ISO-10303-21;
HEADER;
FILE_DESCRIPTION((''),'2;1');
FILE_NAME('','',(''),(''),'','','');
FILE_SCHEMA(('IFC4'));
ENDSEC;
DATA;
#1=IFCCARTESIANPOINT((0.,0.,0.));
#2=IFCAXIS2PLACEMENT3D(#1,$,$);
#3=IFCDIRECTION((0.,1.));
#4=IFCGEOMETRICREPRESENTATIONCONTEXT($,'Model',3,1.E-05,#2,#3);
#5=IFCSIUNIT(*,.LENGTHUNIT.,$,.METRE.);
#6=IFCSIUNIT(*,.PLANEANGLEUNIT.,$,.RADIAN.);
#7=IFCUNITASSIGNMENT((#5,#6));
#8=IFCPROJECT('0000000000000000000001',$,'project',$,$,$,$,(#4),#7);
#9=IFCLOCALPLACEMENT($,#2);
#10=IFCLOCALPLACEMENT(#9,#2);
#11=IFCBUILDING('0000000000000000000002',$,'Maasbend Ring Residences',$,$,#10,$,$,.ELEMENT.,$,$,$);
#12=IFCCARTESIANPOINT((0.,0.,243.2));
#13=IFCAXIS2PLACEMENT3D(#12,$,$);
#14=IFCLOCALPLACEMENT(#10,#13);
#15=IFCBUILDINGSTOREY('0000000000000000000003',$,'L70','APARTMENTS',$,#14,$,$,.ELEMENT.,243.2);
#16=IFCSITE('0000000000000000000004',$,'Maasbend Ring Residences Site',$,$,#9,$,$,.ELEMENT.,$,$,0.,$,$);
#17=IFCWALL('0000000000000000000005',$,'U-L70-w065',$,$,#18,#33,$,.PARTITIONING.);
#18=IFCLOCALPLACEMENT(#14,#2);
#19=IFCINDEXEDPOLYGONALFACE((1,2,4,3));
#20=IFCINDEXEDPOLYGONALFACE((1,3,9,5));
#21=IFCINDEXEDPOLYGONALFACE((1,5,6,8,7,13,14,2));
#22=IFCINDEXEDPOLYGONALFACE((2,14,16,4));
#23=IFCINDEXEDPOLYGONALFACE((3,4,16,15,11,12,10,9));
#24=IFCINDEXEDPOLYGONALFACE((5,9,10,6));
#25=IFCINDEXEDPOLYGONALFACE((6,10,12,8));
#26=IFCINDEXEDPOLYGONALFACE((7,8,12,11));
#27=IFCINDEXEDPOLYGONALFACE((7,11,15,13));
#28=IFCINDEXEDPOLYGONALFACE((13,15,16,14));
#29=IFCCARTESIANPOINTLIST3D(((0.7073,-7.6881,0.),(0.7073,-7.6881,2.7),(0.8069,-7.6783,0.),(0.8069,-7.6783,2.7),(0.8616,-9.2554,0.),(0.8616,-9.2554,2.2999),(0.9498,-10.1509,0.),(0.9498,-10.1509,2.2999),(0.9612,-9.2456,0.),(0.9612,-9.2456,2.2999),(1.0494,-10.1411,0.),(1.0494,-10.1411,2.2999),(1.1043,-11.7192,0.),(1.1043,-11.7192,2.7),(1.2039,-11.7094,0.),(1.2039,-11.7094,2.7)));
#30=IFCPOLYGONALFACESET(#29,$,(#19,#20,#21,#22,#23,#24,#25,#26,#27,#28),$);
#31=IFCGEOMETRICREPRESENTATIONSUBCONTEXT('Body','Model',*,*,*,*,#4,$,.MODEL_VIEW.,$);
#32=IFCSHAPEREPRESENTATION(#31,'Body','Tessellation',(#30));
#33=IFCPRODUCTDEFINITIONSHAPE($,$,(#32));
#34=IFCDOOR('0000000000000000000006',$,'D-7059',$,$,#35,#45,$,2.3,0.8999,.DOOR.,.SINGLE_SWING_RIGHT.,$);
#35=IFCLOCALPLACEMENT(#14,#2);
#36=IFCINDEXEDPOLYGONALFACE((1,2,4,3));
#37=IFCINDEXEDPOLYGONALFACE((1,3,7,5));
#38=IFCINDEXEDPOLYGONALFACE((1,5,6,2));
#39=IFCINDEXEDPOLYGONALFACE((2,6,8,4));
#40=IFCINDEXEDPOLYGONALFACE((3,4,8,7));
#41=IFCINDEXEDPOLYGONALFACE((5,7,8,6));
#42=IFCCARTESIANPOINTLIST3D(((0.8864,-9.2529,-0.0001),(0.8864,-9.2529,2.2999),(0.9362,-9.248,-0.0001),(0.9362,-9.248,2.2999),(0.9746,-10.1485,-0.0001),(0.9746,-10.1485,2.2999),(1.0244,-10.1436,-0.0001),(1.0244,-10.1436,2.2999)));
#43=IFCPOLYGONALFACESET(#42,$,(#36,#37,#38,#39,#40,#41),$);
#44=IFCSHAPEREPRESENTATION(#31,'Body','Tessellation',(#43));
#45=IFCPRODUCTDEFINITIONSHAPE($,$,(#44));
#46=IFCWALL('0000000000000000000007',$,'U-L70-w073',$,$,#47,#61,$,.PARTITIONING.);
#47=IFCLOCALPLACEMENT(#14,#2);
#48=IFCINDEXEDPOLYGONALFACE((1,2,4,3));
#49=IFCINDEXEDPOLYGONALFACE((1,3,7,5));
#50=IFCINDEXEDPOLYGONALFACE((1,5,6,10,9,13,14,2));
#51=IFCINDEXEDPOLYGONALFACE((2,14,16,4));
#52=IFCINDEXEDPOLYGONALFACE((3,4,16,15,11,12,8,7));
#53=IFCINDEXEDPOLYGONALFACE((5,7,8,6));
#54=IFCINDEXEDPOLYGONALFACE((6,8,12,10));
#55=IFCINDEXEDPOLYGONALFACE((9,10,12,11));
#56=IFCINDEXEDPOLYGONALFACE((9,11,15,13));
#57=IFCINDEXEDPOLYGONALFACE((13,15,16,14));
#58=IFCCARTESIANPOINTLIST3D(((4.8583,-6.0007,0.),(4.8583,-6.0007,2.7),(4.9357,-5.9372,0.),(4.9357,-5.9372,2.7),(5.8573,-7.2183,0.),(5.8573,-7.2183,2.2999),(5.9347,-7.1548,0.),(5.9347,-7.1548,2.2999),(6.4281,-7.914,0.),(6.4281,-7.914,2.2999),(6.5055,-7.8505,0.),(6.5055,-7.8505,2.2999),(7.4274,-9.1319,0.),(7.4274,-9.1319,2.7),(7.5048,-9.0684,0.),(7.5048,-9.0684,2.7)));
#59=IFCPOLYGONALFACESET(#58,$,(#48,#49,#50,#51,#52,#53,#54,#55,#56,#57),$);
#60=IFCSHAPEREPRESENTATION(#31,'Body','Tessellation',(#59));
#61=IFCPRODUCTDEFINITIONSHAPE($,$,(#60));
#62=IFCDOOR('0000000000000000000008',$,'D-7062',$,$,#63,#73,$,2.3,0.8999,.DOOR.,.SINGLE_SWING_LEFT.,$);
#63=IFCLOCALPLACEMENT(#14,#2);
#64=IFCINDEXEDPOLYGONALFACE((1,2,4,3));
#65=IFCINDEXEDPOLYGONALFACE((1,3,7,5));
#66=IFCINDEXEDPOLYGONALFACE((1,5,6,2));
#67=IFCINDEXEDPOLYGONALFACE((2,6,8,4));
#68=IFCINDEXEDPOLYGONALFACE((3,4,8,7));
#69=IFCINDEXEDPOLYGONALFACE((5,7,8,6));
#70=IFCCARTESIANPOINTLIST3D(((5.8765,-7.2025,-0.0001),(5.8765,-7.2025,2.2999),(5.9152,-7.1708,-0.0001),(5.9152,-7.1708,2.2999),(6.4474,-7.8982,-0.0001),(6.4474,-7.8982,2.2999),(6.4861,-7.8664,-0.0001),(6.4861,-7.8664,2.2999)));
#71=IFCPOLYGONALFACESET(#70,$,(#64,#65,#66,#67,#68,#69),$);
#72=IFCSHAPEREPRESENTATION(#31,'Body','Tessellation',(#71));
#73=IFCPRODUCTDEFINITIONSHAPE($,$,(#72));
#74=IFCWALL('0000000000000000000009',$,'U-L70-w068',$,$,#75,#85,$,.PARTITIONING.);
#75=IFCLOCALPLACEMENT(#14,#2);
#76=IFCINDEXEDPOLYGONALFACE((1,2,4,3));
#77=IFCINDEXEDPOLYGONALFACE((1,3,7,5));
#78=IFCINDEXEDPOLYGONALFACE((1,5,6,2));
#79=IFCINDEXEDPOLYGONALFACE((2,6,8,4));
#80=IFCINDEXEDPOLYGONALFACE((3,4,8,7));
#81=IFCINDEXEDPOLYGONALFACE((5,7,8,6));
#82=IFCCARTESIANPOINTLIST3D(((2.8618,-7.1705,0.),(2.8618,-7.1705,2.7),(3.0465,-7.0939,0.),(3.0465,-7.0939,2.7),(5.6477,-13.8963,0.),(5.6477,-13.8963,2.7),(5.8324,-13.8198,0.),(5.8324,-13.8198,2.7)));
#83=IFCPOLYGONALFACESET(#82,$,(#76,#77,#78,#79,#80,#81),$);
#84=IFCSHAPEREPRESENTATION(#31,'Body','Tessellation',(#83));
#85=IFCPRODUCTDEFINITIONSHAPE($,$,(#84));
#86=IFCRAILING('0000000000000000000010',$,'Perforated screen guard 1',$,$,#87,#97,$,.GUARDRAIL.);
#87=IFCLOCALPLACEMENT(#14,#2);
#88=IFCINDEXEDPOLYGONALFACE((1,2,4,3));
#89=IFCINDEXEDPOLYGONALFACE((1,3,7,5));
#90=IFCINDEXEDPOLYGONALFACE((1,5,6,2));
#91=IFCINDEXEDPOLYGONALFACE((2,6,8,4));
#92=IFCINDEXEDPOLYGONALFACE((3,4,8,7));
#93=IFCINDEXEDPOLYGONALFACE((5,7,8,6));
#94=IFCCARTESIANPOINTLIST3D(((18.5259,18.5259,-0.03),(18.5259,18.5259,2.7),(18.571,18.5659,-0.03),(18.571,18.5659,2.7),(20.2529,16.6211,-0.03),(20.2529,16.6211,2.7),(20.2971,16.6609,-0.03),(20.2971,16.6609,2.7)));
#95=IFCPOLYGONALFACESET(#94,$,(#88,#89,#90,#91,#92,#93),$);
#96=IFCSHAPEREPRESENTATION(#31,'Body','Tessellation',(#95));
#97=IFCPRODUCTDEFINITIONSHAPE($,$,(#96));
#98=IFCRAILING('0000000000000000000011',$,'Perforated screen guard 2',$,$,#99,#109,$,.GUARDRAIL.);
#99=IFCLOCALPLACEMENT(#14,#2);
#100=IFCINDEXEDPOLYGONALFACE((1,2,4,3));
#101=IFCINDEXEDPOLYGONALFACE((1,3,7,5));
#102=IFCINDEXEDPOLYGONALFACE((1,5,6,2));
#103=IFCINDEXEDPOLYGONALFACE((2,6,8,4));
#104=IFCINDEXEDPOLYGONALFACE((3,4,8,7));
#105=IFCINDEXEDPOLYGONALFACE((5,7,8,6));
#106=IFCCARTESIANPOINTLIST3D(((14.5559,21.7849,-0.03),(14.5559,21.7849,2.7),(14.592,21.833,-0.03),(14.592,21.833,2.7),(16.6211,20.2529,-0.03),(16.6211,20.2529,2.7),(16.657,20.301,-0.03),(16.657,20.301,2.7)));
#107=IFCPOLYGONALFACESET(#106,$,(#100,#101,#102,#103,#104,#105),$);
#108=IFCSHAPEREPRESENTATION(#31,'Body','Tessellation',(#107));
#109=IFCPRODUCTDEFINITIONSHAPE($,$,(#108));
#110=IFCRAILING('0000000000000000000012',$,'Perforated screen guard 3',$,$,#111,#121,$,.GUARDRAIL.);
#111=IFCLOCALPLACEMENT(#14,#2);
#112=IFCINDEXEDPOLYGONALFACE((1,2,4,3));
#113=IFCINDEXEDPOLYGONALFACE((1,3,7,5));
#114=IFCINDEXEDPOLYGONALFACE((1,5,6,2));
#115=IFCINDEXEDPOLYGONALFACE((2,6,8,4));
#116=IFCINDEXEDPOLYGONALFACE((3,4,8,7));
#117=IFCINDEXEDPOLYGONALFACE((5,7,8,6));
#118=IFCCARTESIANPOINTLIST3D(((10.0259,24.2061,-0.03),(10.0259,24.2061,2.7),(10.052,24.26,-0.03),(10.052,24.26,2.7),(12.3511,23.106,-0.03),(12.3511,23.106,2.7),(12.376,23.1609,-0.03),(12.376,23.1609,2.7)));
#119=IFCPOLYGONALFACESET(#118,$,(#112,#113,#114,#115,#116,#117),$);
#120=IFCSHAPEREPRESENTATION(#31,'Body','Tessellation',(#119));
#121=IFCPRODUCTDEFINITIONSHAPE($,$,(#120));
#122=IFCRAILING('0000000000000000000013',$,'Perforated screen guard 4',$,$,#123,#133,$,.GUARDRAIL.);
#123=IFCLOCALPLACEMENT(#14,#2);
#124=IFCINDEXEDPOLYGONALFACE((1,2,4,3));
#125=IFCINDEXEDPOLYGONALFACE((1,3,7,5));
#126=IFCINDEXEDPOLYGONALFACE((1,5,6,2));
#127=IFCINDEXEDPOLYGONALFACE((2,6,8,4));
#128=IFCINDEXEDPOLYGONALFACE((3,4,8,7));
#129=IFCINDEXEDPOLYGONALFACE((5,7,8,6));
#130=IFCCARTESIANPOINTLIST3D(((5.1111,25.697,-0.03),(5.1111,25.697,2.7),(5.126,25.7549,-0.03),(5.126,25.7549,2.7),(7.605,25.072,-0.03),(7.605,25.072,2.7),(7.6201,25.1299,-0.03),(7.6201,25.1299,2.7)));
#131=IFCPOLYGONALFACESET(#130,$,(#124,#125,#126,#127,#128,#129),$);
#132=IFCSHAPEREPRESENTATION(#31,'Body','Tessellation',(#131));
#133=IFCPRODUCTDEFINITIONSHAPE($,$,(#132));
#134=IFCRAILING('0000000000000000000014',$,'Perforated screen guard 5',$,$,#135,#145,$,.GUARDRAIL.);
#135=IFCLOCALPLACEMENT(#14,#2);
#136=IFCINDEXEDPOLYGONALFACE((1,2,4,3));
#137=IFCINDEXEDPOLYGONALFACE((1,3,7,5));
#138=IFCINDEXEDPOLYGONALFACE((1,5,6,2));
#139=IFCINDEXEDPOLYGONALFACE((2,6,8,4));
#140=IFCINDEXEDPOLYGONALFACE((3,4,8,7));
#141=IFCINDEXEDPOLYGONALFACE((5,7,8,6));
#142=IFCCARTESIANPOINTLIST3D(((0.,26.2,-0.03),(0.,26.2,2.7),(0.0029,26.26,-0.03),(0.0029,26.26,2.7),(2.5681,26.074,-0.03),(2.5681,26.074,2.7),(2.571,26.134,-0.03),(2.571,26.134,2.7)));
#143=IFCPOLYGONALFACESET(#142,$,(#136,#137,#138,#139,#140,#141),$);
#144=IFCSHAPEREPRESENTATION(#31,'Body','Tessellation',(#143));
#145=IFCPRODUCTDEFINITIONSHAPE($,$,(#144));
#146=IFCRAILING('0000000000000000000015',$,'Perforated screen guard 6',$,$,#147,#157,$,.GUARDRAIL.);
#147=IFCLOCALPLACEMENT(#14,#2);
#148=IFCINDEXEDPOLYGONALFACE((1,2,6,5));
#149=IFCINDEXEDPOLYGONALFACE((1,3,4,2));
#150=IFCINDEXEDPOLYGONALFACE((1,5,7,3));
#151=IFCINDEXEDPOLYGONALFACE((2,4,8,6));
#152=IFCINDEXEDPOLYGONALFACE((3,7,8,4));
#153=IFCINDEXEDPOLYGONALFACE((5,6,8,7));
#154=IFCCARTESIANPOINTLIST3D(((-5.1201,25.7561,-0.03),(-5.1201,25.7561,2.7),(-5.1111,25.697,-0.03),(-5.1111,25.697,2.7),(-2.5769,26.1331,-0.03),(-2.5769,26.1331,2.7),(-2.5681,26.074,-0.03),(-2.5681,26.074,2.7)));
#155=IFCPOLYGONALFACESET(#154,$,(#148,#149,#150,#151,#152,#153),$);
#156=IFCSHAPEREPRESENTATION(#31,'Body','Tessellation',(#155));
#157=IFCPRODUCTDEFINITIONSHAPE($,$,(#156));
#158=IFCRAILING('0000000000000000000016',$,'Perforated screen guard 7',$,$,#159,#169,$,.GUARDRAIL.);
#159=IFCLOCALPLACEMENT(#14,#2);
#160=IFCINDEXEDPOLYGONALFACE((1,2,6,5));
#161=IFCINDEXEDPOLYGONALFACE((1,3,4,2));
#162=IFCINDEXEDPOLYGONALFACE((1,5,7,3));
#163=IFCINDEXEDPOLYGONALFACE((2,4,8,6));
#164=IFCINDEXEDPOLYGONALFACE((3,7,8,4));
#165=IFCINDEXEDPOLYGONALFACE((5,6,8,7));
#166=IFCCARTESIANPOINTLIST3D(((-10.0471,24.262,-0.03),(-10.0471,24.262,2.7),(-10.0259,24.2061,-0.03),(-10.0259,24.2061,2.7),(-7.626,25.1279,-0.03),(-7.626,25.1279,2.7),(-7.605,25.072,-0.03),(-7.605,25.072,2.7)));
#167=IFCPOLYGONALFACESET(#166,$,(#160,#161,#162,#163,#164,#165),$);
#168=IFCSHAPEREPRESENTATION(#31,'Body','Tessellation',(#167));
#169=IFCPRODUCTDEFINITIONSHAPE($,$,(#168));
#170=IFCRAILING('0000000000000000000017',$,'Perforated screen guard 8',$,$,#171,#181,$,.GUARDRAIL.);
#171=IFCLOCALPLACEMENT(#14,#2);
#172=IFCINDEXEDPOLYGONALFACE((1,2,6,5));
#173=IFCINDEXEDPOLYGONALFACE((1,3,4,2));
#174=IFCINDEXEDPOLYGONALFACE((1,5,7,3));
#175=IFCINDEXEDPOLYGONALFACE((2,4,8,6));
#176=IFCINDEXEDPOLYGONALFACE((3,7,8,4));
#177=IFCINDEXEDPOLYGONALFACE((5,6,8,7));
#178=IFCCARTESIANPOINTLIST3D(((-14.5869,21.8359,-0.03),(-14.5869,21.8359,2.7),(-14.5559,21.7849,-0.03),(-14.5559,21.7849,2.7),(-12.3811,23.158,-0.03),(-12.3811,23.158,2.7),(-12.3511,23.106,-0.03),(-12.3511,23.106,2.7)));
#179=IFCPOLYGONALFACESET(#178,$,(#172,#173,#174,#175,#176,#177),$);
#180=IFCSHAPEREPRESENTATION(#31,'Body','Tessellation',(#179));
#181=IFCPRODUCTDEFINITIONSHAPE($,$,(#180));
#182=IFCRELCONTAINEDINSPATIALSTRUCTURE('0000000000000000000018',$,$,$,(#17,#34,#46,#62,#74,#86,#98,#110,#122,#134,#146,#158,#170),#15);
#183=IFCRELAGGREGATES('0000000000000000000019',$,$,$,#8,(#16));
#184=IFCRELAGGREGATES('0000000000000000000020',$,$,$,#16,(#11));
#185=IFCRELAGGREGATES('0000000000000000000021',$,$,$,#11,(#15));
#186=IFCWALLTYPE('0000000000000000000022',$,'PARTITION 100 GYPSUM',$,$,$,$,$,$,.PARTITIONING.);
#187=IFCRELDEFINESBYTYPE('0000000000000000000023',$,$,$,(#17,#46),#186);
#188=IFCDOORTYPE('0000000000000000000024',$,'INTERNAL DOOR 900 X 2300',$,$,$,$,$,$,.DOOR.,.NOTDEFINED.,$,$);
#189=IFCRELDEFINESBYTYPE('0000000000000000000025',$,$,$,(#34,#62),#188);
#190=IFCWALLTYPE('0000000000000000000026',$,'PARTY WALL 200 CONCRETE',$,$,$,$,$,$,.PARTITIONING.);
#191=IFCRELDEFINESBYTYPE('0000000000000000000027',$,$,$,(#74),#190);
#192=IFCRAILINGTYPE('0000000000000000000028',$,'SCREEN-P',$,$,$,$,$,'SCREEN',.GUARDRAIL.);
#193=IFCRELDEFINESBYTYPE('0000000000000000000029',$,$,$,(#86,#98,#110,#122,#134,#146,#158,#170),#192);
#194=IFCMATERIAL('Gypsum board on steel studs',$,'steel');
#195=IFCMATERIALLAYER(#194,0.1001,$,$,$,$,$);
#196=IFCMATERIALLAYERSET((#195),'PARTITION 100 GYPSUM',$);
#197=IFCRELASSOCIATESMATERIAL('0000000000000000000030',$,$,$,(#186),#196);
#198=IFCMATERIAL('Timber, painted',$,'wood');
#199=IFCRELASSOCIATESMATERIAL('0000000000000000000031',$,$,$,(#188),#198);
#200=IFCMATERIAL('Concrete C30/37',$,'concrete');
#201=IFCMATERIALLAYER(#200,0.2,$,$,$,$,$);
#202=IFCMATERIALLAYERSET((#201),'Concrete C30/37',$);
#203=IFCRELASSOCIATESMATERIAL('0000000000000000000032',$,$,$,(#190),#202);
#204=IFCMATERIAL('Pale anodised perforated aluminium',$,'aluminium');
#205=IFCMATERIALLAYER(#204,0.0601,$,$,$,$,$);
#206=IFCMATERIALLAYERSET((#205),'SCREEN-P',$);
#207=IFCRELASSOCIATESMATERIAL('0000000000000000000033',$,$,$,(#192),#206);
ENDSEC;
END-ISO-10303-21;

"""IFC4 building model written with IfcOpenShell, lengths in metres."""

from ifc_helpers import new_model, si_unit, direction, frame, frame_2d, origin, place, context, subcontext, project, spatial, polyline, rectangle, outline, extrude, material, layer, layer_set, type_object, element, fill, save


model = new_model("IFC4")

# Units and contexts
model_context = context("Model", 3, precision=1e-05, world=origin(), true_north=direction((0.0, 1.0)))
body_context = subcontext(model_context, "Body", "Model", "MODEL_VIEW")
ifc_project = project(units=[si_unit("LENGTHUNIT", "METRE"), si_unit("PLANEANGLEUNIT", "RADIAN")], contexts=[model_context])

# Site, building, storey
site_placement = place(None, origin())
site = spatial("IfcSite", under=ifc_project, at=site_placement, Name="Maasbend Ring Residences Site", CompositionType="ELEMENT", RefElevation=0.0)
building_placement = place(site_placement, origin())
building = spatial("IfcBuilding", under=site, at=building_placement, Name="Maasbend Ring Residences", CompositionType="ELEMENT")
storey_placement = place(building_placement, frame((0.0, 0.0, 243.2)))
storey = spatial("IfcBuildingStorey", under=building, at=storey_placement, Name="L70", Description="APARTMENTS", CompositionType="ELEMENT", Elevation=243.2)

# Walls, openings, doors
ifc_material_1 = material(Name="Gypsum board on steel studs", Category="steel")
ifc_layer_1 = layer(ifc_material_1, 0.1001)
ifc_layer_set_1 = layer_set([ifc_layer_1], Name="PARTITION 100 GYPSUM")
wall_type_1 = type_object("IfcWallType", Name="PARTITION 100 GYPSUM", PredefinedType="PARTITIONING", material=ifc_layer_set_1)
wall_1_placement = place(storey_placement, frame((0.7571, -7.6831, 0.0), z_axis=(0.0, 0.0, 1.0), x_axis=(0.098006, -0.995186, 0.0)))
wall_1 = element("IfcWall", 1, at=wall_1_placement, inside=storey, type_object=wall_type_1, Name="U-L70-w065", PredefinedType="PARTITIONING", context=body_context, shape_type="SweptSolid", body=[
    extrude(rectangle(XDim=4.0505, YDim=0.1001, at=frame_2d((2.0254, 0.0))), origin(), (0.0, 0.0, 1.0), 2.7),
])
opening_1_placement = place(wall_1_placement, frame((1.575, 0.0, 0.0)))
opening_1 = element("IfcOpeningElement", 2, at=opening_1_placement, cuts=wall_1, PredefinedType="OPENING", context=body_context, shape_type="SweptSolid", body=[
    extrude(rectangle(XDim=0.8999, YDim=2.3, at=frame_2d((0.45, 1.1499))), frame((0.0, 0.0601, 0.0), z_axis=(0.0, -1.0, 0.0), x_axis=(1.0, 0.0, 0.0)), (0.0, 0.0, 1.0), 0.1201),
])
ifc_material_2 = material(Name="Timber, painted", Category="wood")
door_type = type_object("IfcDoorType", Name="INTERNAL DOOR 900 X 2300", OperationType="NOTDEFINED", PredefinedType="DOOR", material=ifc_material_2)
door_1_placement = place(opening_1_placement, origin())
door_1 = element("IfcDoor", 3, at=door_1_placement, inside=storey, type_object=door_type, Name="D-7059", OperationType="SINGLE_SWING_RIGHT", OverallHeight=2.3, OverallWidth=0.8999, PredefinedType="DOOR", context=body_context, shape_type="SweptSolid", body=[
    extrude(rectangle(XDim=0.8999, YDim=2.3, at=frame_2d((0.45, 1.1499))), frame((0.0, 0.0249, 0.0), z_axis=(0.0, -1.0, 0.0), x_axis=(1.0, 0.0, 0.0)), (0.0, 0.0, 1.0), 0.05),
])
fill(opening_1, door_1)
wall_2_placement = place(storey_placement, frame((4.897, -5.969, 0.0), z_axis=(0.0, 0.0, 1.0), x_axis=(0.634314, -0.773076, 0.0)))
wall_2 = element("IfcWall", 4, at=wall_2_placement, inside=storey, type_object=wall_type_1, Name="U-L70-w073", PredefinedType="PARTITIONING", context=body_context, shape_type="SweptSolid", body=[
    extrude(rectangle(XDim=4.0503, YDim=0.1001, at=frame_2d((2.0251, 0.0))), origin(), (0.0, 0.0, 1.0), 2.7),
])
opening_2_placement = place(wall_2_placement, frame((1.575, 0.0, 0.0)))
opening_2 = element("IfcOpeningElement", 5, at=opening_2_placement, cuts=wall_2, PredefinedType="OPENING", context=body_context, shape_type="SweptSolid", body=[
    extrude(rectangle(XDim=0.8999, YDim=2.3, at=frame_2d((0.45, 1.1499))), frame((0.0, 0.0601, 0.0), z_axis=(0.0, -1.0, 0.0), x_axis=(1.0, 0.0, 0.0)), (0.0, 0.0, 1.0), 0.1201),
])
door_2_placement = place(opening_2_placement, origin())
door_2 = element("IfcDoor", 6, at=door_2_placement, inside=storey, type_object=door_type, Name="D-7062", OperationType="SINGLE_SWING_LEFT", OverallHeight=2.3, OverallWidth=0.8999, PredefinedType="DOOR", context=body_context, shape_type="SweptSolid", body=[
    extrude(rectangle(XDim=0.8999, YDim=2.3, at=frame_2d((0.45, 1.1499))), frame((0.0, 0.0249, 0.0), z_axis=(0.0, -1.0, 0.0), x_axis=(1.0, 0.0, 0.0)), (0.0, 0.0, 1.0), 0.05),
])
fill(opening_2, door_2)

# Wall
ifc_material_3 = material(Name="Concrete C30/37", Category="concrete")
ifc_layer_2 = layer(ifc_material_3, 0.2)
ifc_layer_set_2 = layer_set([ifc_layer_2], Name="Concrete C30/37")
wall_type_2 = type_object("IfcWallType", Name="PARTY WALL 200 CONCRETE", PredefinedType="PARTITIONING", material=ifc_layer_set_2)
wall_3_placement = place(storey_placement, frame((2.9541, -7.1321, 0.0), z_axis=(0.0, 0.0, 1.0), x_axis=(0.382679, -0.923882, 0.0)))
element("IfcWall", 7, at=wall_3_placement, inside=storey, type_object=wall_type_2, Name="U-L70-w068", PredefinedType="PARTITIONING", context=body_context, shape_type="SweptSolid", body=[
    extrude(rectangle(XDim=7.28, YDim=0.2, at=frame_2d((3.6401, 0.0))), origin(), (0.0, 0.0, 1.0), 2.7),
])

# Railings
ifc_material_4 = material(Name="Pale anodised perforated aluminium", Category="aluminium")
ifc_layer_3 = layer(ifc_material_4, 0.0601)
ifc_layer_set_3 = layer_set([ifc_layer_3], Name="SCREEN-P")
railing_type = type_object("IfcRailingType", Name="SCREEN-P", ElementType="SCREEN", PredefinedType="GUARDRAIL", material=ifc_layer_set_3)
railing_1_placement = place(storey_placement, frame((0.0, 0.0, -0.03)))
element("IfcRailing", 8, at=railing_1_placement, inside=storey, type_object=railing_type, Name="Perforated screen guard 1", PredefinedType="GUARDRAIL", context=body_context, shape_type="SweptSolid", body=[
    extrude(outline(polyline([(20.2529, 16.6211), (18.5259, 18.5259), (18.571, 18.5659), (20.2971, 16.6609), (20.2529, 16.6211)])), origin(), (0.0, 0.0, 1.0), 2.73),
])
railing_2_placement = place(storey_placement, frame((0.0, 0.0, -0.03)))
element("IfcRailing", 9, at=railing_2_placement, inside=storey, type_object=railing_type, Name="Perforated screen guard 2", PredefinedType="GUARDRAIL", context=body_context, shape_type="SweptSolid", body=[
    extrude(outline(polyline([(16.6211, 20.2529), (14.5559, 21.7849), (14.592, 21.833), (16.657, 20.301), (16.6211, 20.2529)])), origin(), (0.0, 0.0, 1.0), 2.73),
])
railing_3_placement = place(storey_placement, frame((0.0, 0.0, -0.03)))
element("IfcRailing", 10, at=railing_3_placement, inside=storey, type_object=railing_type, Name="Perforated screen guard 3", PredefinedType="GUARDRAIL", context=body_context, shape_type="SweptSolid", body=[
    extrude(outline(polyline([(12.3511, 23.106), (10.0259, 24.2061), (10.052, 24.26), (12.376, 23.1609), (12.3511, 23.106)])), origin(), (0.0, 0.0, 1.0), 2.73),
])
railing_4_placement = place(storey_placement, frame((0.0, 0.0, -0.03)))
element("IfcRailing", 11, at=railing_4_placement, inside=storey, type_object=railing_type, Name="Perforated screen guard 4", PredefinedType="GUARDRAIL", context=body_context, shape_type="SweptSolid", body=[
    extrude(outline(polyline([(7.605, 25.072), (5.1111, 25.697), (5.126, 25.7549), (7.6201, 25.1299), (7.605, 25.072)])), origin(), (0.0, 0.0, 1.0), 2.73),
])
railing_5_placement = place(storey_placement, frame((0.0, 0.0, -0.03)))
element("IfcRailing", 12, at=railing_5_placement, inside=storey, type_object=railing_type, Name="Perforated screen guard 5", PredefinedType="GUARDRAIL", context=body_context, shape_type="SweptSolid", body=[
    extrude(outline(polyline([(2.5681, 26.074), (0.0, 26.2), (0.0029, 26.26), (2.571, 26.134), (2.5681, 26.074)])), origin(), (0.0, 0.0, 1.0), 2.73),
])
railing_6_placement = place(storey_placement, frame((0.0, 0.0, -0.03)))
element("IfcRailing", 13, at=railing_6_placement, inside=storey, type_object=railing_type, Name="Perforated screen guard 6", PredefinedType="GUARDRAIL", context=body_context, shape_type="SweptSolid", body=[
    extrude(outline(polyline([(-2.5681, 26.074), (-5.1111, 25.697), (-5.1201, 25.7561), (-2.5769, 26.1331), (-2.5681, 26.074)])), origin(), (0.0, 0.0, 1.0), 2.73),
])
railing_7_placement = place(storey_placement, frame((0.0, 0.0, -0.03)))
element("IfcRailing", 14, at=railing_7_placement, inside=storey, type_object=railing_type, Name="Perforated screen guard 7", PredefinedType="GUARDRAIL", context=body_context, shape_type="SweptSolid", body=[
    extrude(outline(polyline([(-7.605, 25.072), (-10.0259, 24.2061), (-10.0471, 24.262), (-7.626, 25.1279), (-7.605, 25.072)])), origin(), (0.0, 0.0, 1.0), 2.73),
])
railing_8_placement = place(storey_placement, frame((0.0, 0.0, -0.03)))
element("IfcRailing", 15, at=railing_8_placement, inside=storey, type_object=railing_type, Name="Perforated screen guard 8", PredefinedType="GUARDRAIL", context=body_context, shape_type="SweptSolid", body=[
    extrude(outline(polyline([(-12.3511, 23.106), (-14.5559, 21.7849), (-14.5869, 21.8359), (-12.3811, 23.158), (-12.3511, 23.106)])), origin(), (0.0, 0.0, 1.0), 2.73),
])

save(model, "model.ifc")
